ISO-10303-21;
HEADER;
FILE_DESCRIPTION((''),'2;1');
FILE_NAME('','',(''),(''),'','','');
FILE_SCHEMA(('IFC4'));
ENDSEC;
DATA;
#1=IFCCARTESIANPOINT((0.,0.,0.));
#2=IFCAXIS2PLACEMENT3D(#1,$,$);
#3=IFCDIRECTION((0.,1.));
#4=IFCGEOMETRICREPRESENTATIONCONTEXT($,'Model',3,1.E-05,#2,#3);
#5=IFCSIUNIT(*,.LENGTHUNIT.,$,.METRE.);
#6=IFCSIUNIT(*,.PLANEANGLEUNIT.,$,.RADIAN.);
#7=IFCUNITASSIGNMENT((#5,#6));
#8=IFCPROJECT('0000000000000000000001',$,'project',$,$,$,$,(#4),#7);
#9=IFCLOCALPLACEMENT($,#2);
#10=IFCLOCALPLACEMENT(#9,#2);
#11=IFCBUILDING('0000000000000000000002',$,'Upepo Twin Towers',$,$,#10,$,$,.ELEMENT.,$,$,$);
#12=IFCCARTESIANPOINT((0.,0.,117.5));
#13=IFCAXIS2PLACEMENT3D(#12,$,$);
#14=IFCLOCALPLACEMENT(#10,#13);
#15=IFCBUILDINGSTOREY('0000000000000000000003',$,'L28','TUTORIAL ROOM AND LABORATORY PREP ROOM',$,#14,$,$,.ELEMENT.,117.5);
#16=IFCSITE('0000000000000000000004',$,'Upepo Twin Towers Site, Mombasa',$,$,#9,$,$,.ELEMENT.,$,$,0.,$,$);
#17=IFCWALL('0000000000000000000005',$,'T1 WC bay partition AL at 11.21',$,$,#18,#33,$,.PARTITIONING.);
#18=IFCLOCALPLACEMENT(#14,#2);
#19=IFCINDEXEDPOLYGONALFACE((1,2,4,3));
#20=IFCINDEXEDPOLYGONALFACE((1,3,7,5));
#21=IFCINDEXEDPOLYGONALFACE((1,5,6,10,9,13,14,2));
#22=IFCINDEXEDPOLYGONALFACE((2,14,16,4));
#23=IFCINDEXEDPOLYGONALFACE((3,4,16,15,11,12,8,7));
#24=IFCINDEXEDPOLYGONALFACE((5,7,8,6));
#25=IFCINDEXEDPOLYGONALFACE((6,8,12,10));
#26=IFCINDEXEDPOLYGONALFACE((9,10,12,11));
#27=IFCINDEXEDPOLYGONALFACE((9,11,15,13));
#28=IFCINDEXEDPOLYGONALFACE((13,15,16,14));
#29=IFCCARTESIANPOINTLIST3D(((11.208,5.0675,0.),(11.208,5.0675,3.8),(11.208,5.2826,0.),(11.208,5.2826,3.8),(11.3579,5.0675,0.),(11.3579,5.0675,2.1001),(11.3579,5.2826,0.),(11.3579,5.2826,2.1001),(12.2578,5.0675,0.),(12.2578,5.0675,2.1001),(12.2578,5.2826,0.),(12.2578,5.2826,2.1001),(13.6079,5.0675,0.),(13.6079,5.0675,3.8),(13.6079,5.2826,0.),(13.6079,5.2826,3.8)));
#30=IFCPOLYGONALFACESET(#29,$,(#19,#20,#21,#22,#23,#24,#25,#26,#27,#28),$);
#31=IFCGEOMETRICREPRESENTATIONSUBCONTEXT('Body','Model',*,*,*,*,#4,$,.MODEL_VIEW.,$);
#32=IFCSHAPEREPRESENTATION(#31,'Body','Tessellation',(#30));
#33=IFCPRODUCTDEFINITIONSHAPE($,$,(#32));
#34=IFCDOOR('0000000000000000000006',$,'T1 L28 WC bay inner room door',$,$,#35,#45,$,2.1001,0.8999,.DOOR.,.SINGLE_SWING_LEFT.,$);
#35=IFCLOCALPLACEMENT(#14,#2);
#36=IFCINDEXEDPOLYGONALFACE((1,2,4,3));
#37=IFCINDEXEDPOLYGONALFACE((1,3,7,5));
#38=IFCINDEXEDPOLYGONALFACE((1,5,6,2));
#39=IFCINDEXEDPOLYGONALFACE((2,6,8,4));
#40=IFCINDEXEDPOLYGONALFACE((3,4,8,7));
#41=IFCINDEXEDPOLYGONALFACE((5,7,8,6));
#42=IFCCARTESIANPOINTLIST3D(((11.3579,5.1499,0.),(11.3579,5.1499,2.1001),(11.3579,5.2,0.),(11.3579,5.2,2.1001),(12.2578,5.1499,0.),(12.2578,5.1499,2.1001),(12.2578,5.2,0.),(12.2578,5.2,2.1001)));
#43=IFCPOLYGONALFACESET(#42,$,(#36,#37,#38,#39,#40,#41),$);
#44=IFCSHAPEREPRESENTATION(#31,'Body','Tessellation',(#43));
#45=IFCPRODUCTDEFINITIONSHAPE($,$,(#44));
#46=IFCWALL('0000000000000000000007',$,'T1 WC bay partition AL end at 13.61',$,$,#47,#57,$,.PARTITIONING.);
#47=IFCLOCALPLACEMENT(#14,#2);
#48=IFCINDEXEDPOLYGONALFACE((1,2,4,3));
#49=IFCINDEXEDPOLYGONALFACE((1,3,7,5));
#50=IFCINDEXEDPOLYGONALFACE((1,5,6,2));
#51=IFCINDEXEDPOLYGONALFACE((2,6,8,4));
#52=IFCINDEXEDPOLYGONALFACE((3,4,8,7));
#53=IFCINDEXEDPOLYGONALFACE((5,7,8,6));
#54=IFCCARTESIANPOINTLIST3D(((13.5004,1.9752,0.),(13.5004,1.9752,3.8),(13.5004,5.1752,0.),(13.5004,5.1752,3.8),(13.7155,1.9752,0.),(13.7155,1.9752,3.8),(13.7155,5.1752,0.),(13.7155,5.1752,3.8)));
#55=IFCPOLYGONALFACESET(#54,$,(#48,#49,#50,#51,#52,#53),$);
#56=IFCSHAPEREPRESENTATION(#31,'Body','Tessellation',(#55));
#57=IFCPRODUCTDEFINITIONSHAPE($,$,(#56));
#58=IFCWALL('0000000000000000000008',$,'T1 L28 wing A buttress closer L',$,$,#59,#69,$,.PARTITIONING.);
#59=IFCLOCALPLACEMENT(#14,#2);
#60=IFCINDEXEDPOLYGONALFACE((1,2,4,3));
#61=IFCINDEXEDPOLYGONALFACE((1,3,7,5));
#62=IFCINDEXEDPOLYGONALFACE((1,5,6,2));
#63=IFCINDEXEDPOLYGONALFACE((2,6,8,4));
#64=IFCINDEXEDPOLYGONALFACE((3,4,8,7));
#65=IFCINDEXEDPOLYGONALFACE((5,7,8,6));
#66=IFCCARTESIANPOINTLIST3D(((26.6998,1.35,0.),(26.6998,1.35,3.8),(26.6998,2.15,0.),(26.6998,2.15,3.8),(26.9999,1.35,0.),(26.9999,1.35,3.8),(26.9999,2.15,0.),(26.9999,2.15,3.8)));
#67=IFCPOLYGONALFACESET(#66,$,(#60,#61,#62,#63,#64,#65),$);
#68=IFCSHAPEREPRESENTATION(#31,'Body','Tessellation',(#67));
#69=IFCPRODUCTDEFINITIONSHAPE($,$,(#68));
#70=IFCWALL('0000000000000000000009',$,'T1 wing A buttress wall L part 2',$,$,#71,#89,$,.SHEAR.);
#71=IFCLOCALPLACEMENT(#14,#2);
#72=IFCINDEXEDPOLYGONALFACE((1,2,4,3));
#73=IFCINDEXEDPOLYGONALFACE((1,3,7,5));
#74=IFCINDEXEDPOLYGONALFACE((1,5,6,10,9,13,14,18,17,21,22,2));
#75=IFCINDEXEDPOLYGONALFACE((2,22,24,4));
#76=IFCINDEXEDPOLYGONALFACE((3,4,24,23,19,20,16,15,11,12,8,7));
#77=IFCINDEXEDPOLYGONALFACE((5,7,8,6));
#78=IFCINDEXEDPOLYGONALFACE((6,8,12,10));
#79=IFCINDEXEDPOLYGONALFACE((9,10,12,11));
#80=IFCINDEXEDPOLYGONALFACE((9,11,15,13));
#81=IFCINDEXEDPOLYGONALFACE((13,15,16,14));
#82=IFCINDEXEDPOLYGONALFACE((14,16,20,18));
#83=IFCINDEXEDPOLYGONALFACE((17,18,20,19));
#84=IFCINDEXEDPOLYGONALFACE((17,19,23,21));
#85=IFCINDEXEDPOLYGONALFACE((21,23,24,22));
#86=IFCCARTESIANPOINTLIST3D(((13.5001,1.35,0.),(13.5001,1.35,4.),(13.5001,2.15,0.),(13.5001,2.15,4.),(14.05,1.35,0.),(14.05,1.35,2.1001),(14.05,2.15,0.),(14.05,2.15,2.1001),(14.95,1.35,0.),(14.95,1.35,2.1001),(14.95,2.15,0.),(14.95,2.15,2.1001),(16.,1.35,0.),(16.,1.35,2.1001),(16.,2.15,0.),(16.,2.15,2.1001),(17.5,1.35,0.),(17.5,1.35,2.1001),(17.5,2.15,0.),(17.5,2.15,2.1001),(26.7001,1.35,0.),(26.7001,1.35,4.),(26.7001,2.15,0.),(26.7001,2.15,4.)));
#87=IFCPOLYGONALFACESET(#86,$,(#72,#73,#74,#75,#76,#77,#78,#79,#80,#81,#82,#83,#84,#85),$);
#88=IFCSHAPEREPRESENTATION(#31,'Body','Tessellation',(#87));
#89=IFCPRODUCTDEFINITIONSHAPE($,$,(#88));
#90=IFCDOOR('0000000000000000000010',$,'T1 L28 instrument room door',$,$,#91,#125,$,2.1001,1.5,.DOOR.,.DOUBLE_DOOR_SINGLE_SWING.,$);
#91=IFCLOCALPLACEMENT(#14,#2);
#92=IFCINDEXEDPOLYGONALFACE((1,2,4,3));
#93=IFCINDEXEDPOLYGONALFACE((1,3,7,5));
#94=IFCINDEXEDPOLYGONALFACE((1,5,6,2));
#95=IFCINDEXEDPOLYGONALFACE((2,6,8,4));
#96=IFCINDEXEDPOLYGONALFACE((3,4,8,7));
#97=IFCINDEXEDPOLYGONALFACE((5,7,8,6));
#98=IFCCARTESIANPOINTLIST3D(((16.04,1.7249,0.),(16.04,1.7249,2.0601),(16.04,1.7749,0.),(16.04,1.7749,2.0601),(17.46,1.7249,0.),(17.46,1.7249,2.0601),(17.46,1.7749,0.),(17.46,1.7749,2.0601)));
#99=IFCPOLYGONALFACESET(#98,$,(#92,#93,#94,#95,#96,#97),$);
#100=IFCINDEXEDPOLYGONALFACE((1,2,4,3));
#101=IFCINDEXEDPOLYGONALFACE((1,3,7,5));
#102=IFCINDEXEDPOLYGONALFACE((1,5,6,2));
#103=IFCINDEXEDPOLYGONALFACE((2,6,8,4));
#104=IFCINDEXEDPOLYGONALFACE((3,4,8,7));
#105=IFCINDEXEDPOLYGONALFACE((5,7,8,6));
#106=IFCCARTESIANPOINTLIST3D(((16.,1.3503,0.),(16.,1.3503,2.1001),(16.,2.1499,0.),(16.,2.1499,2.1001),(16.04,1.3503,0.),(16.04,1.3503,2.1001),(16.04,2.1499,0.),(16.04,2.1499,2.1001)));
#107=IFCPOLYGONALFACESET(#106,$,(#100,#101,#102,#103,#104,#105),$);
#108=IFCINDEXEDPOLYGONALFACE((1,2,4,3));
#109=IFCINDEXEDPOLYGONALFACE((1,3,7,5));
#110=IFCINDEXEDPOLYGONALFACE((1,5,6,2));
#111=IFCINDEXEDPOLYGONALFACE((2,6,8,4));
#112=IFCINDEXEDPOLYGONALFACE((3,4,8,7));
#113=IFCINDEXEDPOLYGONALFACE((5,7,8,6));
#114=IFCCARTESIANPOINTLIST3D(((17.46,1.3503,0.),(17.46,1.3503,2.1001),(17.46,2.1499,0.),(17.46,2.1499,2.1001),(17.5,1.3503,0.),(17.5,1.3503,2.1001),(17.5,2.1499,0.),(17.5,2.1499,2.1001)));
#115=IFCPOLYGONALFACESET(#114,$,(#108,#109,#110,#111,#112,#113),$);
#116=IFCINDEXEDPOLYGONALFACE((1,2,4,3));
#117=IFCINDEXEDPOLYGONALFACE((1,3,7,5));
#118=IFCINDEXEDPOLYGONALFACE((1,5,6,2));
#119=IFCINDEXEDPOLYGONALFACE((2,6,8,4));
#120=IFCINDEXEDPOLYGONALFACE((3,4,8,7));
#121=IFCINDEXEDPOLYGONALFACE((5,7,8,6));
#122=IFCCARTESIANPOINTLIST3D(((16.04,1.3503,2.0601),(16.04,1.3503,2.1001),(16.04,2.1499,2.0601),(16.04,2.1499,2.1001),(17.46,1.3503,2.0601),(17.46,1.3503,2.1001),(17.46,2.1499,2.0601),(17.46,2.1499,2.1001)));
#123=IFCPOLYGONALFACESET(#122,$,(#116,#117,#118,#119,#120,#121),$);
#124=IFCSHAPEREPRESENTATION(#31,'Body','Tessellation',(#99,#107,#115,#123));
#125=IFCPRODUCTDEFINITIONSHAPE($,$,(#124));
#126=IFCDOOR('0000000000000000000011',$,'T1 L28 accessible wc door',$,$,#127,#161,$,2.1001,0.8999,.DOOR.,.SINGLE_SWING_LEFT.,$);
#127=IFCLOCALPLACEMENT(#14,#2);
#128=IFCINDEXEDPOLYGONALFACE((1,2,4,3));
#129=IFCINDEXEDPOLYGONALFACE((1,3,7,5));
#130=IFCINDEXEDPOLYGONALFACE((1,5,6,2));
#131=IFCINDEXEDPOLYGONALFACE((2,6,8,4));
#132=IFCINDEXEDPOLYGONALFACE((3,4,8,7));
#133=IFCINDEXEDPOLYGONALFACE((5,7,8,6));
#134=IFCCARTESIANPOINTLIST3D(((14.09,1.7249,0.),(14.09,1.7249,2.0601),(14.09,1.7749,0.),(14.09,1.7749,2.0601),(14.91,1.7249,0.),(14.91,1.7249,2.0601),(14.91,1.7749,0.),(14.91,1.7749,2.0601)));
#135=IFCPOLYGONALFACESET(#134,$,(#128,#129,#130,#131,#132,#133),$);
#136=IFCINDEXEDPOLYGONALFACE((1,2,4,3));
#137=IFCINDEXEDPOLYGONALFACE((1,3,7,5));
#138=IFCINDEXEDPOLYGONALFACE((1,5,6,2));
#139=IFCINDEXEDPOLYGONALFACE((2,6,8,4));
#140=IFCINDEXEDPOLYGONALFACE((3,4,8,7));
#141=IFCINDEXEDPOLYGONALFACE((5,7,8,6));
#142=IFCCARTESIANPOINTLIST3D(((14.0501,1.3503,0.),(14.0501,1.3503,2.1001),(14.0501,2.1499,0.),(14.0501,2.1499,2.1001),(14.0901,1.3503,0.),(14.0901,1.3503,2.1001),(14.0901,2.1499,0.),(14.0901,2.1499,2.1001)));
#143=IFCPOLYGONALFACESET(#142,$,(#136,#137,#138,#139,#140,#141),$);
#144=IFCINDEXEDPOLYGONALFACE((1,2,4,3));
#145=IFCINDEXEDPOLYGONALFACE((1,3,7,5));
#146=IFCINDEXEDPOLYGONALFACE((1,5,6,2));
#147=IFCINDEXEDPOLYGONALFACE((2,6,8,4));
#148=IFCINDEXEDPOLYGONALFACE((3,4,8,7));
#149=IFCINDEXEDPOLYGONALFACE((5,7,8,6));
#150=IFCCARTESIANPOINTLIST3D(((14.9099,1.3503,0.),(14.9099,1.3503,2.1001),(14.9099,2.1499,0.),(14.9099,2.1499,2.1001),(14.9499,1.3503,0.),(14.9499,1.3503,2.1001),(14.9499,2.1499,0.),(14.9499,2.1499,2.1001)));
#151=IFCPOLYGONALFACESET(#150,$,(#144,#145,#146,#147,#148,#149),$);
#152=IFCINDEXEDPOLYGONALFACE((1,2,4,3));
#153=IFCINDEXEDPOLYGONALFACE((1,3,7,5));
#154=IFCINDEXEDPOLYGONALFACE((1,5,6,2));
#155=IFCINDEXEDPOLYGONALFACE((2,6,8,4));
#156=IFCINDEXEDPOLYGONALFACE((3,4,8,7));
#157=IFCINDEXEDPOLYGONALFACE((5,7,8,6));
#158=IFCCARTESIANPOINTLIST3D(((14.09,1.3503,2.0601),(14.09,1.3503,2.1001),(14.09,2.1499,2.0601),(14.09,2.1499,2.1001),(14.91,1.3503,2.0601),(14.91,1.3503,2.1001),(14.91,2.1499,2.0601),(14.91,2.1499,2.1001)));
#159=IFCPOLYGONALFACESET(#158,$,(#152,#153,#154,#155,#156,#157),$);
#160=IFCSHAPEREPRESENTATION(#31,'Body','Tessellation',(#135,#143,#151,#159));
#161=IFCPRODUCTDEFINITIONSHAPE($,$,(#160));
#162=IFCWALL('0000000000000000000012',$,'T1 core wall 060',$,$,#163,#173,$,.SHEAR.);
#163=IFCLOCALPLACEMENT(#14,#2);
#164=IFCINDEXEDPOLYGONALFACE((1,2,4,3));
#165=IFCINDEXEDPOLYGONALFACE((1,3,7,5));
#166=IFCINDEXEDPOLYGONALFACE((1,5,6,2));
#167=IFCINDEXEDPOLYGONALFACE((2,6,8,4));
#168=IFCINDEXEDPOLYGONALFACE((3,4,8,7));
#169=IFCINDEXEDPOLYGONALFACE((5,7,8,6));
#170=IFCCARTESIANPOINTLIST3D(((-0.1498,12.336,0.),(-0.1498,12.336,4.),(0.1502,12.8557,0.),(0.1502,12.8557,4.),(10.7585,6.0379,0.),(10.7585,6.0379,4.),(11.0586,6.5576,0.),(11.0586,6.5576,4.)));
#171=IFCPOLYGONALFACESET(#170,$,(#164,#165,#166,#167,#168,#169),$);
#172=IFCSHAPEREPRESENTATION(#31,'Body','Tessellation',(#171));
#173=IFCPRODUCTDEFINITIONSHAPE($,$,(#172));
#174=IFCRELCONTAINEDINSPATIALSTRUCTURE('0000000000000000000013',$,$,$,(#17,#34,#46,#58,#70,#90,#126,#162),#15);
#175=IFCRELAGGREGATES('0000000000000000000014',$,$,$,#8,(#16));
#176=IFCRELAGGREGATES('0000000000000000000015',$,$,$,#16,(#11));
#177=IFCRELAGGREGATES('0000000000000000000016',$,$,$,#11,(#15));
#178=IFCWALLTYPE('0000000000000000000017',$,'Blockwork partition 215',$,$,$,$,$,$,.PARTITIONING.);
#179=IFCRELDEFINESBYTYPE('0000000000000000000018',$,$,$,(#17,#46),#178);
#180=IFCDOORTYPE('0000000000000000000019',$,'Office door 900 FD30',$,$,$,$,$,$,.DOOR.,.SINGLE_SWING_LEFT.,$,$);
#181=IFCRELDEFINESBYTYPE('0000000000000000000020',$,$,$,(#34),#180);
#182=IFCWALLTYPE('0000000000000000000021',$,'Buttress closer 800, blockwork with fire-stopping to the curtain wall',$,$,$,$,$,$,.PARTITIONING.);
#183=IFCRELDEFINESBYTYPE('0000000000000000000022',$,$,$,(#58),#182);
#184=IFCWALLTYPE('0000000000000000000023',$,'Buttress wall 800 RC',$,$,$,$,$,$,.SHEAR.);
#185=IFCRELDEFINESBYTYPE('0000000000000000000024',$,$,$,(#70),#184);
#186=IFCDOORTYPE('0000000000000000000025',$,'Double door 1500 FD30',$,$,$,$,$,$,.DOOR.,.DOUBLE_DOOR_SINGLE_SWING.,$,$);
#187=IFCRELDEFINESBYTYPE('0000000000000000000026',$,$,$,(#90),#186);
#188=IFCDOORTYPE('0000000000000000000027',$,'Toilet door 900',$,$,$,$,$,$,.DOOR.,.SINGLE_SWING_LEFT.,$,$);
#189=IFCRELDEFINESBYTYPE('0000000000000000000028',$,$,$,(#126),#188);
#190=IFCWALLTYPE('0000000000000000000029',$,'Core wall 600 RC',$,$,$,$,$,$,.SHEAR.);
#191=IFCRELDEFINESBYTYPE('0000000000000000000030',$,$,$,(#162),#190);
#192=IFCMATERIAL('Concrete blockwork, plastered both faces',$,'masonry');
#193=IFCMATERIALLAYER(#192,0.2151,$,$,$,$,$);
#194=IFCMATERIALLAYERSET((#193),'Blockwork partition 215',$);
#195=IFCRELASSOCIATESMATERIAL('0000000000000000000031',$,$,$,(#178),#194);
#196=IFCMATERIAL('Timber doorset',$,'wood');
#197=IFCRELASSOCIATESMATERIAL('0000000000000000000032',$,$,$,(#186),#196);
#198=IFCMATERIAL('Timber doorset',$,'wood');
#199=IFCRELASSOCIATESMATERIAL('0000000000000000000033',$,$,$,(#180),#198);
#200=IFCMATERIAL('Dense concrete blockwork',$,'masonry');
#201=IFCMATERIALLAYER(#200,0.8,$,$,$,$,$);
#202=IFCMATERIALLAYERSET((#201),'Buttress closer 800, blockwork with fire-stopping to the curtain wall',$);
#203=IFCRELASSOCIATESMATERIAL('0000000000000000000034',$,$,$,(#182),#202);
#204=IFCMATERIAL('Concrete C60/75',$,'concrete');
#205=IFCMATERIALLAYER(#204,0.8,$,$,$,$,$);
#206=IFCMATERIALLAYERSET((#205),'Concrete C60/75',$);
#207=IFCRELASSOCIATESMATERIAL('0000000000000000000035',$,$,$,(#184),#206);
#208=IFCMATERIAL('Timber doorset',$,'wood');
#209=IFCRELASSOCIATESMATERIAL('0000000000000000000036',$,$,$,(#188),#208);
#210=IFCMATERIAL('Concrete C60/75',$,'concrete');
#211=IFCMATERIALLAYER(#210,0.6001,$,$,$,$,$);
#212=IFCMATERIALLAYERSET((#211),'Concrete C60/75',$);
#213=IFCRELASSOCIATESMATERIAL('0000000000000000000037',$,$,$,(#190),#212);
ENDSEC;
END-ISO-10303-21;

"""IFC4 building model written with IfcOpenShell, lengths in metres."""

from ifc_helpers import new_model, si_unit, direction, frame, frame_2d, origin, place, context, subcontext, project, spatial, rectangle, extrude, material, layer, layer_set, type_object, element, fill, save


model = new_model("IFC4")

# Units and contexts
model_context = context("Model", 3, precision=1e-05, world=origin(), true_north=direction((0.0, 1.0)))
body_context = subcontext(model_context, "Body", "Model", "MODEL_VIEW")
ifc_project = project(units=[si_unit("LENGTHUNIT", "METRE"), si_unit("PLANEANGLEUNIT", "RADIAN")], contexts=[model_context])

# Site, building, storey
site_placement = place(None, origin())
site = spatial("IfcSite", under=ifc_project, at=site_placement, Name="Upepo Twin Towers Site, Mombasa", CompositionType="ELEMENT", RefElevation=0.0)
building_placement = place(site_placement, origin())
building = spatial("IfcBuilding", under=site, at=building_placement, Name="Upepo Twin Towers", CompositionType="ELEMENT")
storey_placement = place(building_placement, frame((0.0, 0.0, 117.5)))
storey = spatial("IfcBuildingStorey", under=building, at=storey_placement, Name="L28", Description="TUTORIAL ROOM AND LABORATORY PREP ROOM", CompositionType="ELEMENT", Elevation=117.5)

# Shared definitions
ifc_material_1 = material(Name="Concrete blockwork, plastered both faces", Category="masonry")
ifc_layer_1 = layer(ifc_material_1, 0.2151)
ifc_layer_set_1 = layer_set([ifc_layer_1], Name="Blockwork partition 215")
wall_type_1 = type_object("IfcWallType", Name="Blockwork partition 215", PredefinedType="PARTITIONING", material=ifc_layer_set_1)

# Wall, opening, door
ifc_material_2 = material(Name="Timber doorset", Category="wood")
door_type_1 = type_object("IfcDoorType", Name="Double door 1500 FD30", OperationType="DOUBLE_DOOR_SINGLE_SWING", PredefinedType="DOOR", material=ifc_material_2)
wall_1_placement = place(storey_placement, frame((11.208, 5.175, 0.0), z_axis=(0.0, 0.0, 1.0), x_axis=(1.0, 0.0, 0.0)))
wall_1 = element("IfcWall", 1, at=wall_1_placement, inside=storey, type_object=wall_type_1, Name="T1 WC bay partition AL at 11.21", PredefinedType="PARTITIONING", context=body_context, shape_type="SweptSolid", body=[
    extrude(rectangle(XDim=2.3999, YDim=0.2151, at=frame_2d((1.2, 0.0))), origin(), (0.0, 0.0, 1.0), 3.8),
])
opening_1_placement = place(wall_1_placement, frame((0.1499, 0.0, 0.0)))
opening_1 = element("IfcOpeningElement", 2, at=opening_1_placement, cuts=wall_1, PredefinedType="OPENING", context=body_context, shape_type="SweptSolid", body=[
    extrude(rectangle(XDim=0.8999, YDim=2.1001, at=frame_2d((0.45, 1.05))), frame((0.0, 0.1174, 0.0), z_axis=(0.0, -1.0, 0.0), x_axis=(1.0, 0.0, 0.0)), (0.0, 0.0, 1.0), 0.2351),
])
ifc_material_3 = material(Name="Timber doorset", Category="wood")
door_type_2 = type_object("IfcDoorType", Name="Office door 900 FD30", OperationType="SINGLE_SWING_LEFT", PredefinedType="DOOR", material=ifc_material_3)
door_1_placement = place(opening_1_placement, origin())
door_1 = element("IfcDoor", 3, at=door_1_placement, inside=storey, type_object=door_type_2, Name="T1 L28 WC bay inner room door", OperationType="SINGLE_SWING_LEFT", OverallHeight=2.1001, OverallWidth=0.8999, PredefinedType="DOOR", context=body_context, shape_type="SweptSolid", body=[
    extrude(rectangle(XDim=0.8999, YDim=2.1001, at=frame_2d((0.45, 1.05))), frame((0.0, 0.0249, 0.0), z_axis=(0.0, -1.0, 0.0), x_axis=(1.0, 0.0, 0.0)), (0.0, 0.0, 1.0), 0.05),
])
fill(opening_1, door_1)

# Walls
wall_2_placement = place(storey_placement, frame((13.6079, 1.9751, 0.0), z_axis=(0.0, 0.0, 1.0), x_axis=(0.0, 1.0, 0.0)))
element("IfcWall", 4, at=wall_2_placement, inside=storey, type_object=wall_type_1, Name="T1 WC bay partition AL end at 13.61", PredefinedType="PARTITIONING", context=body_context, shape_type="SweptSolid", body=[
    extrude(rectangle(XDim=3.2, YDim=0.2151, at=frame_2d((1.6001, 0.0))), origin(), (0.0, 0.0, 1.0), 3.8),
])
ifc_material_4 = material(Name="Dense concrete blockwork", Category="masonry")
ifc_layer_2 = layer(ifc_material_4, 0.8)
ifc_layer_set_2 = layer_set([ifc_layer_2], Name="Buttress closer 800, blockwork with fire-stopping to the curtain wall")
wall_type_2 = type_object("IfcWallType", Name="Buttress closer 800, blockwork with fire-stopping to the curtain wall", PredefinedType="PARTITIONING", material=ifc_layer_set_2)
wall_3_placement = place(storey_placement, frame((26.7, 1.75, 0.0), z_axis=(0.0, 0.0, 1.0), x_axis=(1.0, 0.0, 0.0)))
element("IfcWall", 5, at=wall_3_placement, inside=storey, type_object=wall_type_2, Name="T1 L28 wing A buttress closer L", PredefinedType="PARTITIONING", context=body_context, shape_type="SweptSolid", body=[
    extrude(rectangle(XDim=0.3, YDim=0.8, at=frame_2d((0.1499, 0.0))), origin(), (0.0, 0.0, 1.0), 3.8),
])

# Wall, openings, doors
ifc_material_5 = material(Name="Concrete C60/75", Category="concrete")
ifc_layer_3 = layer(ifc_material_5, 0.8)
ifc_layer_set_3 = layer_set([ifc_layer_3], Name="Concrete C60/75")
wall_type_3 = type_object("IfcWallType", Name="Buttress wall 800 RC", PredefinedType="SHEAR", material=ifc_layer_set_3)
wall_4_placement = place(storey_placement, frame((13.5, 1.75, 0.0), z_axis=(0.0, 0.0, 1.0), x_axis=(1.0, 0.0, 0.0)))
wall_4 = element("IfcWall", 6, at=wall_4_placement, inside=storey, type_object=wall_type_3, Name="T1 wing A buttress wall L part 2", PredefinedType="SHEAR", context=body_context, shape_type="SweptSolid", body=[
    extrude(rectangle(XDim=13.2, YDim=0.8, at=frame_2d((6.6001, 0.0))), origin(), (0.0, 0.0, 1.0), 4.0),
])
opening_2_placement = place(wall_4_placement, frame((0.55, 0.0, 0.0)))
opening_2 = element("IfcOpeningElement", 7, at=opening_2_placement, cuts=wall_4, PredefinedType="OPENING", context=body_context, shape_type="SweptSolid", body=[
    extrude(rectangle(XDim=0.8999, YDim=2.1001, at=frame_2d((0.45, 1.05))), frame((0.0, 0.4099, 0.0), z_axis=(0.0, -1.0, 0.0), x_axis=(1.0, 0.0, 0.0)), (0.0, 0.0, 1.0), 0.8201),
])
opening_3_placement = place(wall_4_placement, frame((2.5, 0.0, 0.0)))
opening_3 = element("IfcOpeningElement", 8, at=opening_3_placement, cuts=wall_4, PredefinedType="OPENING", context=body_context, shape_type="SweptSolid", body=[
    extrude(rectangle(XDim=1.5, YDim=2.1001, at=frame_2d((0.75, 1.05))), frame((0.0, 0.4099, 0.0), z_axis=(0.0, -1.0, 0.0), x_axis=(1.0, 0.0, 0.0)), (0.0, 0.0, 1.0), 0.8201),
])
door_2_placement = place(opening_3_placement, origin())
door_2 = element("IfcDoor", 9, at=door_2_placement, inside=storey, type_object=door_type_1, Name="T1 L28 instrument room door", OperationType="DOUBLE_DOOR_SINGLE_SWING", OverallHeight=2.1001, OverallWidth=1.5, PredefinedType="DOOR", context=body_context, shape_type="SweptSolid", body=[
    extrude(rectangle(XDim=1.42, YDim=2.0601, at=frame_2d((0.75, 1.03))), frame((0.0, 0.0249, 0.0), z_axis=(0.0, -1.0, 0.0), x_axis=(1.0, 0.0, 0.0)), (0.0, 0.0, 1.0), 0.05),
    extrude(rectangle(XDim=0.04, YDim=2.1001, at=frame_2d((0.02, 1.05))), frame((0.0, 0.3999, 0.0), z_axis=(0.0, -1.0, 0.0), x_axis=(1.0, 0.0, 0.0)), (0.0, 0.0, 1.0), 0.7996),
    extrude(rectangle(XDim=0.04, YDim=2.1001, at=frame_2d((1.48, 1.05))), frame((0.0, 0.3999, 0.0), z_axis=(0.0, -1.0, 0.0), x_axis=(1.0, 0.0, 0.0)), (0.0, 0.0, 1.0), 0.7996),
    extrude(rectangle(XDim=1.42, YDim=0.04, at=frame_2d((0.75, 2.0801))), frame((0.0, 0.3999, 0.0), z_axis=(0.0, -1.0, 0.0), x_axis=(1.0, 0.0, 0.0)), (0.0, 0.0, 1.0), 0.7996),
])
fill(opening_3, door_2)
ifc_material_6 = material(Name="Timber doorset", Category="wood")
door_type_3 = type_object("IfcDoorType", Name="Toilet door 900", OperationType="SINGLE_SWING_LEFT", PredefinedType="DOOR", material=ifc_material_6)
door_3_placement = place(opening_2_placement, origin())
door_3 = element("IfcDoor", 10, at=door_3_placement, inside=storey, type_object=door_type_3, Name="T1 L28 accessible wc door", OperationType="SINGLE_SWING_LEFT", OverallHeight=2.1001, OverallWidth=0.8999, PredefinedType="DOOR", context=body_context, shape_type="SweptSolid", body=[
    extrude(rectangle(XDim=0.8199, YDim=2.0601, at=frame_2d((0.45, 1.03))), frame((0.0, 0.0249, 0.0), z_axis=(0.0, -1.0, 0.0), x_axis=(1.0, 0.0, 0.0)), (0.0, 0.0, 1.0), 0.05),
    extrude(rectangle(XDim=0.04, YDim=2.1001, at=frame_2d((0.02, 1.05))), frame((0.0, 0.3999, 0.0), z_axis=(0.0, -1.0, 0.0), x_axis=(1.0, 0.0, 0.0)), (0.0, 0.0, 1.0), 0.7996),
    extrude(rectangle(XDim=0.04, YDim=2.1001, at=frame_2d((0.8799, 1.05))), frame((0.0, 0.3999, 0.0), z_axis=(0.0, -1.0, 0.0), x_axis=(1.0, 0.0, 0.0)), (0.0, 0.0, 1.0), 0.7996),
    extrude(rectangle(XDim=0.8199, YDim=0.04, at=frame_2d((0.45, 2.0801))), frame((0.0, 0.3999, 0.0), z_axis=(0.0, -1.0, 0.0), x_axis=(1.0, 0.0, 0.0)), (0.0, 0.0, 1.0), 0.7996),
])
fill(opening_2, door_3)

# Wall
ifc_material_7 = material(Name="Concrete C60/75", Category="concrete")
ifc_layer_4 = layer(ifc_material_7, 0.6001)
ifc_layer_set_4 = layer_set([ifc_layer_4], Name="Concrete C60/75")
wall_type_4 = type_object("IfcWallType", Name="Core wall 600 RC", PredefinedType="SHEAR", material=ifc_layer_set_4)
wall_5_placement = place(storey_placement, frame((10.9084, 6.2979, 0.0), z_axis=(0.0, 0.0, 1.0), x_axis=(-0.866022, 0.500006, 0.0)))
element("IfcWall", 11, at=wall_5_placement, inside=storey, type_object=wall_type_4, Name="T1 core wall 060", PredefinedType="SHEAR", context=body_context, shape_type="SweptSolid", body=[
    extrude(rectangle(XDim=12.5959, YDim=0.6001, at=frame_2d((6.2979, 0.0))), origin(), (0.0, 0.0, 1.0), 4.0),
])

save(model, "model.ifc")
